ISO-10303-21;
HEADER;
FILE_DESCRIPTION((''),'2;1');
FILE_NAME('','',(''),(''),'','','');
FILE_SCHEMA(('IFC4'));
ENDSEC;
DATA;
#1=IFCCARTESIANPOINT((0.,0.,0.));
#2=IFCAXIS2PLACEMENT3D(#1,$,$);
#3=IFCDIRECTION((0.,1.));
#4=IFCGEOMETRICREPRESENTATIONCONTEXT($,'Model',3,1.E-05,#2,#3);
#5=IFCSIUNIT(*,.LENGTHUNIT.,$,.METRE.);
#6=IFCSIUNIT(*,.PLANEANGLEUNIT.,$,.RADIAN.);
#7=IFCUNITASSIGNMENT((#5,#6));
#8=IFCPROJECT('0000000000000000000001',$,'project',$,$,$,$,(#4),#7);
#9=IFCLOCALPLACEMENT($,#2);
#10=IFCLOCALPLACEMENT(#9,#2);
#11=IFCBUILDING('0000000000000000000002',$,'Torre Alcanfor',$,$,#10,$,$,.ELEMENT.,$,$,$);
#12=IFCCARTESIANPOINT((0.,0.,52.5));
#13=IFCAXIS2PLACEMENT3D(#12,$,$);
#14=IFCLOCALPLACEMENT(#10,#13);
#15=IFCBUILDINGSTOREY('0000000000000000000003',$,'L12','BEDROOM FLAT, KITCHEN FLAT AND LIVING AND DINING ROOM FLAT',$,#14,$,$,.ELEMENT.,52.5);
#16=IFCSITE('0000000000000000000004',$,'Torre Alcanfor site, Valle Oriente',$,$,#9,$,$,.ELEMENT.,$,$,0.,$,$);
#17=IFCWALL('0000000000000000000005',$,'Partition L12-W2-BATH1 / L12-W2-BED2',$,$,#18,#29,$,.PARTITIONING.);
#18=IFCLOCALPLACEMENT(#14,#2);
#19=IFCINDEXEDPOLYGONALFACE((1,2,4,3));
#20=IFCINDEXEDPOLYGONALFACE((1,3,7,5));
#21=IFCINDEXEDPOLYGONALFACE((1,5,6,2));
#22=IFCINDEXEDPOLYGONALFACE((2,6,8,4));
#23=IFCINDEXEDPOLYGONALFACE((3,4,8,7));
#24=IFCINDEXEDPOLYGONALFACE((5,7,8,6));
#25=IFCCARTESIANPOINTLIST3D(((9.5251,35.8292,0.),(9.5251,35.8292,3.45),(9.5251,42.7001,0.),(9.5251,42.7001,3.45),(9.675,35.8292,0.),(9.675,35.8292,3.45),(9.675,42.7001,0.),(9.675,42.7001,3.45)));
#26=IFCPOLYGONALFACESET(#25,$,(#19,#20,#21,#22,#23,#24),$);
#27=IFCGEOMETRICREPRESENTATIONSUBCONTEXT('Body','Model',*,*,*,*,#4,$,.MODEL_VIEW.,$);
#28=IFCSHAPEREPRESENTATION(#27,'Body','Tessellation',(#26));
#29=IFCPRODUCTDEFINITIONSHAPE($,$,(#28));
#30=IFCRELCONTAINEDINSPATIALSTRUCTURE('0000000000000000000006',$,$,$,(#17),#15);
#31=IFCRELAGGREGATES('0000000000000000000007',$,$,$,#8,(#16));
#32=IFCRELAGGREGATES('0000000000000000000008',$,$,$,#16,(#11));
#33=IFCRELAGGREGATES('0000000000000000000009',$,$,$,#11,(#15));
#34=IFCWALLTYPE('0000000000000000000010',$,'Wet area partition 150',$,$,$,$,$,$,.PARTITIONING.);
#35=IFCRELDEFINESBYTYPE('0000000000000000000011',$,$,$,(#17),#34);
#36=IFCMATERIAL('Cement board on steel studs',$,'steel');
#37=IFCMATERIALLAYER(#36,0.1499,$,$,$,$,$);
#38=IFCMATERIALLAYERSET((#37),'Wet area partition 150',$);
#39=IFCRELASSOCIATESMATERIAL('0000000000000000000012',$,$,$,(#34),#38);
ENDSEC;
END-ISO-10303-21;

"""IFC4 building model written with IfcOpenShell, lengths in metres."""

from ifc_helpers import new_model, si_unit, direction, frame, frame_2d, origin, place, context, subcontext, project, spatial, rectangle, extrude, material, layer, layer_set, type_object, element, save


model = new_model("IFC4")

# Units and contexts
model_context = context("Model", 3, precision=1e-05, world=origin(), true_north=direction((0.0, 1.0)))
body_context = subcontext(model_context, "Body", "Model", "MODEL_VIEW")
ifc_project = project(units=[si_unit("LENGTHUNIT", "METRE"), si_unit("PLANEANGLEUNIT", "RADIAN")], contexts=[model_context])

# Site, building, storey
site_placement = place(None, origin())
site = spatial("IfcSite", under=ifc_project, at=site_placement, Name="Torre Alcanfor site, Valle Oriente", CompositionType="ELEMENT", RefElevation=0.0)
building_placement = place(site_placement, origin())
building = spatial("IfcBuilding", under=site, at=building_placement, Name="Torre Alcanfor", CompositionType="ELEMENT")
storey_placement = place(building_placement, frame((0.0, 0.0, 52.5)))
storey = spatial("IfcBuildingStorey", under=building, at=storey_placement, Name="L12", Description="BEDROOM FLAT, KITCHEN FLAT AND LIVING AND DINING ROOM FLAT", CompositionType="ELEMENT", Elevation=52.5)

# Shared definitions
ifc_material_1 = material(Name="Cement board on steel studs", Category="steel")
ifc_layer_1 = layer(ifc_material_1, 0.1499)
ifc_layer_set_1 = layer_set([ifc_layer_1], Name="Wet area partition 150")
wall_type_1 = type_object("IfcWallType", Name="Wet area partition 150", PredefinedType="PARTITIONING", material=ifc_layer_set_1)

# Wall
for number, where, z_axis, x_axis, name in (
    (1, (9.6001, 35.8291, 0.0), (0.0, 0.0, 1.0), (0.0, 1.0, 0.0), "Partition L12-W2-BATH1 / L12-W2-BED2"),
):
    element("IfcWall", number, at=place(storey_placement, frame(where, z_axis=z_axis, x_axis=x_axis)), inside=storey, type_object=wall_type_1, Name=name, PredefinedType="PARTITIONING", context=body_context, shape_type="SweptSolid", body=[
        extrude(rectangle(XDim=6.8708, YDim=0.1499, at=frame_2d((3.4355, 0.0))), origin(), (0.0, 0.0, 1.0), 3.45),
    ])

save(model, "model.ifc")
